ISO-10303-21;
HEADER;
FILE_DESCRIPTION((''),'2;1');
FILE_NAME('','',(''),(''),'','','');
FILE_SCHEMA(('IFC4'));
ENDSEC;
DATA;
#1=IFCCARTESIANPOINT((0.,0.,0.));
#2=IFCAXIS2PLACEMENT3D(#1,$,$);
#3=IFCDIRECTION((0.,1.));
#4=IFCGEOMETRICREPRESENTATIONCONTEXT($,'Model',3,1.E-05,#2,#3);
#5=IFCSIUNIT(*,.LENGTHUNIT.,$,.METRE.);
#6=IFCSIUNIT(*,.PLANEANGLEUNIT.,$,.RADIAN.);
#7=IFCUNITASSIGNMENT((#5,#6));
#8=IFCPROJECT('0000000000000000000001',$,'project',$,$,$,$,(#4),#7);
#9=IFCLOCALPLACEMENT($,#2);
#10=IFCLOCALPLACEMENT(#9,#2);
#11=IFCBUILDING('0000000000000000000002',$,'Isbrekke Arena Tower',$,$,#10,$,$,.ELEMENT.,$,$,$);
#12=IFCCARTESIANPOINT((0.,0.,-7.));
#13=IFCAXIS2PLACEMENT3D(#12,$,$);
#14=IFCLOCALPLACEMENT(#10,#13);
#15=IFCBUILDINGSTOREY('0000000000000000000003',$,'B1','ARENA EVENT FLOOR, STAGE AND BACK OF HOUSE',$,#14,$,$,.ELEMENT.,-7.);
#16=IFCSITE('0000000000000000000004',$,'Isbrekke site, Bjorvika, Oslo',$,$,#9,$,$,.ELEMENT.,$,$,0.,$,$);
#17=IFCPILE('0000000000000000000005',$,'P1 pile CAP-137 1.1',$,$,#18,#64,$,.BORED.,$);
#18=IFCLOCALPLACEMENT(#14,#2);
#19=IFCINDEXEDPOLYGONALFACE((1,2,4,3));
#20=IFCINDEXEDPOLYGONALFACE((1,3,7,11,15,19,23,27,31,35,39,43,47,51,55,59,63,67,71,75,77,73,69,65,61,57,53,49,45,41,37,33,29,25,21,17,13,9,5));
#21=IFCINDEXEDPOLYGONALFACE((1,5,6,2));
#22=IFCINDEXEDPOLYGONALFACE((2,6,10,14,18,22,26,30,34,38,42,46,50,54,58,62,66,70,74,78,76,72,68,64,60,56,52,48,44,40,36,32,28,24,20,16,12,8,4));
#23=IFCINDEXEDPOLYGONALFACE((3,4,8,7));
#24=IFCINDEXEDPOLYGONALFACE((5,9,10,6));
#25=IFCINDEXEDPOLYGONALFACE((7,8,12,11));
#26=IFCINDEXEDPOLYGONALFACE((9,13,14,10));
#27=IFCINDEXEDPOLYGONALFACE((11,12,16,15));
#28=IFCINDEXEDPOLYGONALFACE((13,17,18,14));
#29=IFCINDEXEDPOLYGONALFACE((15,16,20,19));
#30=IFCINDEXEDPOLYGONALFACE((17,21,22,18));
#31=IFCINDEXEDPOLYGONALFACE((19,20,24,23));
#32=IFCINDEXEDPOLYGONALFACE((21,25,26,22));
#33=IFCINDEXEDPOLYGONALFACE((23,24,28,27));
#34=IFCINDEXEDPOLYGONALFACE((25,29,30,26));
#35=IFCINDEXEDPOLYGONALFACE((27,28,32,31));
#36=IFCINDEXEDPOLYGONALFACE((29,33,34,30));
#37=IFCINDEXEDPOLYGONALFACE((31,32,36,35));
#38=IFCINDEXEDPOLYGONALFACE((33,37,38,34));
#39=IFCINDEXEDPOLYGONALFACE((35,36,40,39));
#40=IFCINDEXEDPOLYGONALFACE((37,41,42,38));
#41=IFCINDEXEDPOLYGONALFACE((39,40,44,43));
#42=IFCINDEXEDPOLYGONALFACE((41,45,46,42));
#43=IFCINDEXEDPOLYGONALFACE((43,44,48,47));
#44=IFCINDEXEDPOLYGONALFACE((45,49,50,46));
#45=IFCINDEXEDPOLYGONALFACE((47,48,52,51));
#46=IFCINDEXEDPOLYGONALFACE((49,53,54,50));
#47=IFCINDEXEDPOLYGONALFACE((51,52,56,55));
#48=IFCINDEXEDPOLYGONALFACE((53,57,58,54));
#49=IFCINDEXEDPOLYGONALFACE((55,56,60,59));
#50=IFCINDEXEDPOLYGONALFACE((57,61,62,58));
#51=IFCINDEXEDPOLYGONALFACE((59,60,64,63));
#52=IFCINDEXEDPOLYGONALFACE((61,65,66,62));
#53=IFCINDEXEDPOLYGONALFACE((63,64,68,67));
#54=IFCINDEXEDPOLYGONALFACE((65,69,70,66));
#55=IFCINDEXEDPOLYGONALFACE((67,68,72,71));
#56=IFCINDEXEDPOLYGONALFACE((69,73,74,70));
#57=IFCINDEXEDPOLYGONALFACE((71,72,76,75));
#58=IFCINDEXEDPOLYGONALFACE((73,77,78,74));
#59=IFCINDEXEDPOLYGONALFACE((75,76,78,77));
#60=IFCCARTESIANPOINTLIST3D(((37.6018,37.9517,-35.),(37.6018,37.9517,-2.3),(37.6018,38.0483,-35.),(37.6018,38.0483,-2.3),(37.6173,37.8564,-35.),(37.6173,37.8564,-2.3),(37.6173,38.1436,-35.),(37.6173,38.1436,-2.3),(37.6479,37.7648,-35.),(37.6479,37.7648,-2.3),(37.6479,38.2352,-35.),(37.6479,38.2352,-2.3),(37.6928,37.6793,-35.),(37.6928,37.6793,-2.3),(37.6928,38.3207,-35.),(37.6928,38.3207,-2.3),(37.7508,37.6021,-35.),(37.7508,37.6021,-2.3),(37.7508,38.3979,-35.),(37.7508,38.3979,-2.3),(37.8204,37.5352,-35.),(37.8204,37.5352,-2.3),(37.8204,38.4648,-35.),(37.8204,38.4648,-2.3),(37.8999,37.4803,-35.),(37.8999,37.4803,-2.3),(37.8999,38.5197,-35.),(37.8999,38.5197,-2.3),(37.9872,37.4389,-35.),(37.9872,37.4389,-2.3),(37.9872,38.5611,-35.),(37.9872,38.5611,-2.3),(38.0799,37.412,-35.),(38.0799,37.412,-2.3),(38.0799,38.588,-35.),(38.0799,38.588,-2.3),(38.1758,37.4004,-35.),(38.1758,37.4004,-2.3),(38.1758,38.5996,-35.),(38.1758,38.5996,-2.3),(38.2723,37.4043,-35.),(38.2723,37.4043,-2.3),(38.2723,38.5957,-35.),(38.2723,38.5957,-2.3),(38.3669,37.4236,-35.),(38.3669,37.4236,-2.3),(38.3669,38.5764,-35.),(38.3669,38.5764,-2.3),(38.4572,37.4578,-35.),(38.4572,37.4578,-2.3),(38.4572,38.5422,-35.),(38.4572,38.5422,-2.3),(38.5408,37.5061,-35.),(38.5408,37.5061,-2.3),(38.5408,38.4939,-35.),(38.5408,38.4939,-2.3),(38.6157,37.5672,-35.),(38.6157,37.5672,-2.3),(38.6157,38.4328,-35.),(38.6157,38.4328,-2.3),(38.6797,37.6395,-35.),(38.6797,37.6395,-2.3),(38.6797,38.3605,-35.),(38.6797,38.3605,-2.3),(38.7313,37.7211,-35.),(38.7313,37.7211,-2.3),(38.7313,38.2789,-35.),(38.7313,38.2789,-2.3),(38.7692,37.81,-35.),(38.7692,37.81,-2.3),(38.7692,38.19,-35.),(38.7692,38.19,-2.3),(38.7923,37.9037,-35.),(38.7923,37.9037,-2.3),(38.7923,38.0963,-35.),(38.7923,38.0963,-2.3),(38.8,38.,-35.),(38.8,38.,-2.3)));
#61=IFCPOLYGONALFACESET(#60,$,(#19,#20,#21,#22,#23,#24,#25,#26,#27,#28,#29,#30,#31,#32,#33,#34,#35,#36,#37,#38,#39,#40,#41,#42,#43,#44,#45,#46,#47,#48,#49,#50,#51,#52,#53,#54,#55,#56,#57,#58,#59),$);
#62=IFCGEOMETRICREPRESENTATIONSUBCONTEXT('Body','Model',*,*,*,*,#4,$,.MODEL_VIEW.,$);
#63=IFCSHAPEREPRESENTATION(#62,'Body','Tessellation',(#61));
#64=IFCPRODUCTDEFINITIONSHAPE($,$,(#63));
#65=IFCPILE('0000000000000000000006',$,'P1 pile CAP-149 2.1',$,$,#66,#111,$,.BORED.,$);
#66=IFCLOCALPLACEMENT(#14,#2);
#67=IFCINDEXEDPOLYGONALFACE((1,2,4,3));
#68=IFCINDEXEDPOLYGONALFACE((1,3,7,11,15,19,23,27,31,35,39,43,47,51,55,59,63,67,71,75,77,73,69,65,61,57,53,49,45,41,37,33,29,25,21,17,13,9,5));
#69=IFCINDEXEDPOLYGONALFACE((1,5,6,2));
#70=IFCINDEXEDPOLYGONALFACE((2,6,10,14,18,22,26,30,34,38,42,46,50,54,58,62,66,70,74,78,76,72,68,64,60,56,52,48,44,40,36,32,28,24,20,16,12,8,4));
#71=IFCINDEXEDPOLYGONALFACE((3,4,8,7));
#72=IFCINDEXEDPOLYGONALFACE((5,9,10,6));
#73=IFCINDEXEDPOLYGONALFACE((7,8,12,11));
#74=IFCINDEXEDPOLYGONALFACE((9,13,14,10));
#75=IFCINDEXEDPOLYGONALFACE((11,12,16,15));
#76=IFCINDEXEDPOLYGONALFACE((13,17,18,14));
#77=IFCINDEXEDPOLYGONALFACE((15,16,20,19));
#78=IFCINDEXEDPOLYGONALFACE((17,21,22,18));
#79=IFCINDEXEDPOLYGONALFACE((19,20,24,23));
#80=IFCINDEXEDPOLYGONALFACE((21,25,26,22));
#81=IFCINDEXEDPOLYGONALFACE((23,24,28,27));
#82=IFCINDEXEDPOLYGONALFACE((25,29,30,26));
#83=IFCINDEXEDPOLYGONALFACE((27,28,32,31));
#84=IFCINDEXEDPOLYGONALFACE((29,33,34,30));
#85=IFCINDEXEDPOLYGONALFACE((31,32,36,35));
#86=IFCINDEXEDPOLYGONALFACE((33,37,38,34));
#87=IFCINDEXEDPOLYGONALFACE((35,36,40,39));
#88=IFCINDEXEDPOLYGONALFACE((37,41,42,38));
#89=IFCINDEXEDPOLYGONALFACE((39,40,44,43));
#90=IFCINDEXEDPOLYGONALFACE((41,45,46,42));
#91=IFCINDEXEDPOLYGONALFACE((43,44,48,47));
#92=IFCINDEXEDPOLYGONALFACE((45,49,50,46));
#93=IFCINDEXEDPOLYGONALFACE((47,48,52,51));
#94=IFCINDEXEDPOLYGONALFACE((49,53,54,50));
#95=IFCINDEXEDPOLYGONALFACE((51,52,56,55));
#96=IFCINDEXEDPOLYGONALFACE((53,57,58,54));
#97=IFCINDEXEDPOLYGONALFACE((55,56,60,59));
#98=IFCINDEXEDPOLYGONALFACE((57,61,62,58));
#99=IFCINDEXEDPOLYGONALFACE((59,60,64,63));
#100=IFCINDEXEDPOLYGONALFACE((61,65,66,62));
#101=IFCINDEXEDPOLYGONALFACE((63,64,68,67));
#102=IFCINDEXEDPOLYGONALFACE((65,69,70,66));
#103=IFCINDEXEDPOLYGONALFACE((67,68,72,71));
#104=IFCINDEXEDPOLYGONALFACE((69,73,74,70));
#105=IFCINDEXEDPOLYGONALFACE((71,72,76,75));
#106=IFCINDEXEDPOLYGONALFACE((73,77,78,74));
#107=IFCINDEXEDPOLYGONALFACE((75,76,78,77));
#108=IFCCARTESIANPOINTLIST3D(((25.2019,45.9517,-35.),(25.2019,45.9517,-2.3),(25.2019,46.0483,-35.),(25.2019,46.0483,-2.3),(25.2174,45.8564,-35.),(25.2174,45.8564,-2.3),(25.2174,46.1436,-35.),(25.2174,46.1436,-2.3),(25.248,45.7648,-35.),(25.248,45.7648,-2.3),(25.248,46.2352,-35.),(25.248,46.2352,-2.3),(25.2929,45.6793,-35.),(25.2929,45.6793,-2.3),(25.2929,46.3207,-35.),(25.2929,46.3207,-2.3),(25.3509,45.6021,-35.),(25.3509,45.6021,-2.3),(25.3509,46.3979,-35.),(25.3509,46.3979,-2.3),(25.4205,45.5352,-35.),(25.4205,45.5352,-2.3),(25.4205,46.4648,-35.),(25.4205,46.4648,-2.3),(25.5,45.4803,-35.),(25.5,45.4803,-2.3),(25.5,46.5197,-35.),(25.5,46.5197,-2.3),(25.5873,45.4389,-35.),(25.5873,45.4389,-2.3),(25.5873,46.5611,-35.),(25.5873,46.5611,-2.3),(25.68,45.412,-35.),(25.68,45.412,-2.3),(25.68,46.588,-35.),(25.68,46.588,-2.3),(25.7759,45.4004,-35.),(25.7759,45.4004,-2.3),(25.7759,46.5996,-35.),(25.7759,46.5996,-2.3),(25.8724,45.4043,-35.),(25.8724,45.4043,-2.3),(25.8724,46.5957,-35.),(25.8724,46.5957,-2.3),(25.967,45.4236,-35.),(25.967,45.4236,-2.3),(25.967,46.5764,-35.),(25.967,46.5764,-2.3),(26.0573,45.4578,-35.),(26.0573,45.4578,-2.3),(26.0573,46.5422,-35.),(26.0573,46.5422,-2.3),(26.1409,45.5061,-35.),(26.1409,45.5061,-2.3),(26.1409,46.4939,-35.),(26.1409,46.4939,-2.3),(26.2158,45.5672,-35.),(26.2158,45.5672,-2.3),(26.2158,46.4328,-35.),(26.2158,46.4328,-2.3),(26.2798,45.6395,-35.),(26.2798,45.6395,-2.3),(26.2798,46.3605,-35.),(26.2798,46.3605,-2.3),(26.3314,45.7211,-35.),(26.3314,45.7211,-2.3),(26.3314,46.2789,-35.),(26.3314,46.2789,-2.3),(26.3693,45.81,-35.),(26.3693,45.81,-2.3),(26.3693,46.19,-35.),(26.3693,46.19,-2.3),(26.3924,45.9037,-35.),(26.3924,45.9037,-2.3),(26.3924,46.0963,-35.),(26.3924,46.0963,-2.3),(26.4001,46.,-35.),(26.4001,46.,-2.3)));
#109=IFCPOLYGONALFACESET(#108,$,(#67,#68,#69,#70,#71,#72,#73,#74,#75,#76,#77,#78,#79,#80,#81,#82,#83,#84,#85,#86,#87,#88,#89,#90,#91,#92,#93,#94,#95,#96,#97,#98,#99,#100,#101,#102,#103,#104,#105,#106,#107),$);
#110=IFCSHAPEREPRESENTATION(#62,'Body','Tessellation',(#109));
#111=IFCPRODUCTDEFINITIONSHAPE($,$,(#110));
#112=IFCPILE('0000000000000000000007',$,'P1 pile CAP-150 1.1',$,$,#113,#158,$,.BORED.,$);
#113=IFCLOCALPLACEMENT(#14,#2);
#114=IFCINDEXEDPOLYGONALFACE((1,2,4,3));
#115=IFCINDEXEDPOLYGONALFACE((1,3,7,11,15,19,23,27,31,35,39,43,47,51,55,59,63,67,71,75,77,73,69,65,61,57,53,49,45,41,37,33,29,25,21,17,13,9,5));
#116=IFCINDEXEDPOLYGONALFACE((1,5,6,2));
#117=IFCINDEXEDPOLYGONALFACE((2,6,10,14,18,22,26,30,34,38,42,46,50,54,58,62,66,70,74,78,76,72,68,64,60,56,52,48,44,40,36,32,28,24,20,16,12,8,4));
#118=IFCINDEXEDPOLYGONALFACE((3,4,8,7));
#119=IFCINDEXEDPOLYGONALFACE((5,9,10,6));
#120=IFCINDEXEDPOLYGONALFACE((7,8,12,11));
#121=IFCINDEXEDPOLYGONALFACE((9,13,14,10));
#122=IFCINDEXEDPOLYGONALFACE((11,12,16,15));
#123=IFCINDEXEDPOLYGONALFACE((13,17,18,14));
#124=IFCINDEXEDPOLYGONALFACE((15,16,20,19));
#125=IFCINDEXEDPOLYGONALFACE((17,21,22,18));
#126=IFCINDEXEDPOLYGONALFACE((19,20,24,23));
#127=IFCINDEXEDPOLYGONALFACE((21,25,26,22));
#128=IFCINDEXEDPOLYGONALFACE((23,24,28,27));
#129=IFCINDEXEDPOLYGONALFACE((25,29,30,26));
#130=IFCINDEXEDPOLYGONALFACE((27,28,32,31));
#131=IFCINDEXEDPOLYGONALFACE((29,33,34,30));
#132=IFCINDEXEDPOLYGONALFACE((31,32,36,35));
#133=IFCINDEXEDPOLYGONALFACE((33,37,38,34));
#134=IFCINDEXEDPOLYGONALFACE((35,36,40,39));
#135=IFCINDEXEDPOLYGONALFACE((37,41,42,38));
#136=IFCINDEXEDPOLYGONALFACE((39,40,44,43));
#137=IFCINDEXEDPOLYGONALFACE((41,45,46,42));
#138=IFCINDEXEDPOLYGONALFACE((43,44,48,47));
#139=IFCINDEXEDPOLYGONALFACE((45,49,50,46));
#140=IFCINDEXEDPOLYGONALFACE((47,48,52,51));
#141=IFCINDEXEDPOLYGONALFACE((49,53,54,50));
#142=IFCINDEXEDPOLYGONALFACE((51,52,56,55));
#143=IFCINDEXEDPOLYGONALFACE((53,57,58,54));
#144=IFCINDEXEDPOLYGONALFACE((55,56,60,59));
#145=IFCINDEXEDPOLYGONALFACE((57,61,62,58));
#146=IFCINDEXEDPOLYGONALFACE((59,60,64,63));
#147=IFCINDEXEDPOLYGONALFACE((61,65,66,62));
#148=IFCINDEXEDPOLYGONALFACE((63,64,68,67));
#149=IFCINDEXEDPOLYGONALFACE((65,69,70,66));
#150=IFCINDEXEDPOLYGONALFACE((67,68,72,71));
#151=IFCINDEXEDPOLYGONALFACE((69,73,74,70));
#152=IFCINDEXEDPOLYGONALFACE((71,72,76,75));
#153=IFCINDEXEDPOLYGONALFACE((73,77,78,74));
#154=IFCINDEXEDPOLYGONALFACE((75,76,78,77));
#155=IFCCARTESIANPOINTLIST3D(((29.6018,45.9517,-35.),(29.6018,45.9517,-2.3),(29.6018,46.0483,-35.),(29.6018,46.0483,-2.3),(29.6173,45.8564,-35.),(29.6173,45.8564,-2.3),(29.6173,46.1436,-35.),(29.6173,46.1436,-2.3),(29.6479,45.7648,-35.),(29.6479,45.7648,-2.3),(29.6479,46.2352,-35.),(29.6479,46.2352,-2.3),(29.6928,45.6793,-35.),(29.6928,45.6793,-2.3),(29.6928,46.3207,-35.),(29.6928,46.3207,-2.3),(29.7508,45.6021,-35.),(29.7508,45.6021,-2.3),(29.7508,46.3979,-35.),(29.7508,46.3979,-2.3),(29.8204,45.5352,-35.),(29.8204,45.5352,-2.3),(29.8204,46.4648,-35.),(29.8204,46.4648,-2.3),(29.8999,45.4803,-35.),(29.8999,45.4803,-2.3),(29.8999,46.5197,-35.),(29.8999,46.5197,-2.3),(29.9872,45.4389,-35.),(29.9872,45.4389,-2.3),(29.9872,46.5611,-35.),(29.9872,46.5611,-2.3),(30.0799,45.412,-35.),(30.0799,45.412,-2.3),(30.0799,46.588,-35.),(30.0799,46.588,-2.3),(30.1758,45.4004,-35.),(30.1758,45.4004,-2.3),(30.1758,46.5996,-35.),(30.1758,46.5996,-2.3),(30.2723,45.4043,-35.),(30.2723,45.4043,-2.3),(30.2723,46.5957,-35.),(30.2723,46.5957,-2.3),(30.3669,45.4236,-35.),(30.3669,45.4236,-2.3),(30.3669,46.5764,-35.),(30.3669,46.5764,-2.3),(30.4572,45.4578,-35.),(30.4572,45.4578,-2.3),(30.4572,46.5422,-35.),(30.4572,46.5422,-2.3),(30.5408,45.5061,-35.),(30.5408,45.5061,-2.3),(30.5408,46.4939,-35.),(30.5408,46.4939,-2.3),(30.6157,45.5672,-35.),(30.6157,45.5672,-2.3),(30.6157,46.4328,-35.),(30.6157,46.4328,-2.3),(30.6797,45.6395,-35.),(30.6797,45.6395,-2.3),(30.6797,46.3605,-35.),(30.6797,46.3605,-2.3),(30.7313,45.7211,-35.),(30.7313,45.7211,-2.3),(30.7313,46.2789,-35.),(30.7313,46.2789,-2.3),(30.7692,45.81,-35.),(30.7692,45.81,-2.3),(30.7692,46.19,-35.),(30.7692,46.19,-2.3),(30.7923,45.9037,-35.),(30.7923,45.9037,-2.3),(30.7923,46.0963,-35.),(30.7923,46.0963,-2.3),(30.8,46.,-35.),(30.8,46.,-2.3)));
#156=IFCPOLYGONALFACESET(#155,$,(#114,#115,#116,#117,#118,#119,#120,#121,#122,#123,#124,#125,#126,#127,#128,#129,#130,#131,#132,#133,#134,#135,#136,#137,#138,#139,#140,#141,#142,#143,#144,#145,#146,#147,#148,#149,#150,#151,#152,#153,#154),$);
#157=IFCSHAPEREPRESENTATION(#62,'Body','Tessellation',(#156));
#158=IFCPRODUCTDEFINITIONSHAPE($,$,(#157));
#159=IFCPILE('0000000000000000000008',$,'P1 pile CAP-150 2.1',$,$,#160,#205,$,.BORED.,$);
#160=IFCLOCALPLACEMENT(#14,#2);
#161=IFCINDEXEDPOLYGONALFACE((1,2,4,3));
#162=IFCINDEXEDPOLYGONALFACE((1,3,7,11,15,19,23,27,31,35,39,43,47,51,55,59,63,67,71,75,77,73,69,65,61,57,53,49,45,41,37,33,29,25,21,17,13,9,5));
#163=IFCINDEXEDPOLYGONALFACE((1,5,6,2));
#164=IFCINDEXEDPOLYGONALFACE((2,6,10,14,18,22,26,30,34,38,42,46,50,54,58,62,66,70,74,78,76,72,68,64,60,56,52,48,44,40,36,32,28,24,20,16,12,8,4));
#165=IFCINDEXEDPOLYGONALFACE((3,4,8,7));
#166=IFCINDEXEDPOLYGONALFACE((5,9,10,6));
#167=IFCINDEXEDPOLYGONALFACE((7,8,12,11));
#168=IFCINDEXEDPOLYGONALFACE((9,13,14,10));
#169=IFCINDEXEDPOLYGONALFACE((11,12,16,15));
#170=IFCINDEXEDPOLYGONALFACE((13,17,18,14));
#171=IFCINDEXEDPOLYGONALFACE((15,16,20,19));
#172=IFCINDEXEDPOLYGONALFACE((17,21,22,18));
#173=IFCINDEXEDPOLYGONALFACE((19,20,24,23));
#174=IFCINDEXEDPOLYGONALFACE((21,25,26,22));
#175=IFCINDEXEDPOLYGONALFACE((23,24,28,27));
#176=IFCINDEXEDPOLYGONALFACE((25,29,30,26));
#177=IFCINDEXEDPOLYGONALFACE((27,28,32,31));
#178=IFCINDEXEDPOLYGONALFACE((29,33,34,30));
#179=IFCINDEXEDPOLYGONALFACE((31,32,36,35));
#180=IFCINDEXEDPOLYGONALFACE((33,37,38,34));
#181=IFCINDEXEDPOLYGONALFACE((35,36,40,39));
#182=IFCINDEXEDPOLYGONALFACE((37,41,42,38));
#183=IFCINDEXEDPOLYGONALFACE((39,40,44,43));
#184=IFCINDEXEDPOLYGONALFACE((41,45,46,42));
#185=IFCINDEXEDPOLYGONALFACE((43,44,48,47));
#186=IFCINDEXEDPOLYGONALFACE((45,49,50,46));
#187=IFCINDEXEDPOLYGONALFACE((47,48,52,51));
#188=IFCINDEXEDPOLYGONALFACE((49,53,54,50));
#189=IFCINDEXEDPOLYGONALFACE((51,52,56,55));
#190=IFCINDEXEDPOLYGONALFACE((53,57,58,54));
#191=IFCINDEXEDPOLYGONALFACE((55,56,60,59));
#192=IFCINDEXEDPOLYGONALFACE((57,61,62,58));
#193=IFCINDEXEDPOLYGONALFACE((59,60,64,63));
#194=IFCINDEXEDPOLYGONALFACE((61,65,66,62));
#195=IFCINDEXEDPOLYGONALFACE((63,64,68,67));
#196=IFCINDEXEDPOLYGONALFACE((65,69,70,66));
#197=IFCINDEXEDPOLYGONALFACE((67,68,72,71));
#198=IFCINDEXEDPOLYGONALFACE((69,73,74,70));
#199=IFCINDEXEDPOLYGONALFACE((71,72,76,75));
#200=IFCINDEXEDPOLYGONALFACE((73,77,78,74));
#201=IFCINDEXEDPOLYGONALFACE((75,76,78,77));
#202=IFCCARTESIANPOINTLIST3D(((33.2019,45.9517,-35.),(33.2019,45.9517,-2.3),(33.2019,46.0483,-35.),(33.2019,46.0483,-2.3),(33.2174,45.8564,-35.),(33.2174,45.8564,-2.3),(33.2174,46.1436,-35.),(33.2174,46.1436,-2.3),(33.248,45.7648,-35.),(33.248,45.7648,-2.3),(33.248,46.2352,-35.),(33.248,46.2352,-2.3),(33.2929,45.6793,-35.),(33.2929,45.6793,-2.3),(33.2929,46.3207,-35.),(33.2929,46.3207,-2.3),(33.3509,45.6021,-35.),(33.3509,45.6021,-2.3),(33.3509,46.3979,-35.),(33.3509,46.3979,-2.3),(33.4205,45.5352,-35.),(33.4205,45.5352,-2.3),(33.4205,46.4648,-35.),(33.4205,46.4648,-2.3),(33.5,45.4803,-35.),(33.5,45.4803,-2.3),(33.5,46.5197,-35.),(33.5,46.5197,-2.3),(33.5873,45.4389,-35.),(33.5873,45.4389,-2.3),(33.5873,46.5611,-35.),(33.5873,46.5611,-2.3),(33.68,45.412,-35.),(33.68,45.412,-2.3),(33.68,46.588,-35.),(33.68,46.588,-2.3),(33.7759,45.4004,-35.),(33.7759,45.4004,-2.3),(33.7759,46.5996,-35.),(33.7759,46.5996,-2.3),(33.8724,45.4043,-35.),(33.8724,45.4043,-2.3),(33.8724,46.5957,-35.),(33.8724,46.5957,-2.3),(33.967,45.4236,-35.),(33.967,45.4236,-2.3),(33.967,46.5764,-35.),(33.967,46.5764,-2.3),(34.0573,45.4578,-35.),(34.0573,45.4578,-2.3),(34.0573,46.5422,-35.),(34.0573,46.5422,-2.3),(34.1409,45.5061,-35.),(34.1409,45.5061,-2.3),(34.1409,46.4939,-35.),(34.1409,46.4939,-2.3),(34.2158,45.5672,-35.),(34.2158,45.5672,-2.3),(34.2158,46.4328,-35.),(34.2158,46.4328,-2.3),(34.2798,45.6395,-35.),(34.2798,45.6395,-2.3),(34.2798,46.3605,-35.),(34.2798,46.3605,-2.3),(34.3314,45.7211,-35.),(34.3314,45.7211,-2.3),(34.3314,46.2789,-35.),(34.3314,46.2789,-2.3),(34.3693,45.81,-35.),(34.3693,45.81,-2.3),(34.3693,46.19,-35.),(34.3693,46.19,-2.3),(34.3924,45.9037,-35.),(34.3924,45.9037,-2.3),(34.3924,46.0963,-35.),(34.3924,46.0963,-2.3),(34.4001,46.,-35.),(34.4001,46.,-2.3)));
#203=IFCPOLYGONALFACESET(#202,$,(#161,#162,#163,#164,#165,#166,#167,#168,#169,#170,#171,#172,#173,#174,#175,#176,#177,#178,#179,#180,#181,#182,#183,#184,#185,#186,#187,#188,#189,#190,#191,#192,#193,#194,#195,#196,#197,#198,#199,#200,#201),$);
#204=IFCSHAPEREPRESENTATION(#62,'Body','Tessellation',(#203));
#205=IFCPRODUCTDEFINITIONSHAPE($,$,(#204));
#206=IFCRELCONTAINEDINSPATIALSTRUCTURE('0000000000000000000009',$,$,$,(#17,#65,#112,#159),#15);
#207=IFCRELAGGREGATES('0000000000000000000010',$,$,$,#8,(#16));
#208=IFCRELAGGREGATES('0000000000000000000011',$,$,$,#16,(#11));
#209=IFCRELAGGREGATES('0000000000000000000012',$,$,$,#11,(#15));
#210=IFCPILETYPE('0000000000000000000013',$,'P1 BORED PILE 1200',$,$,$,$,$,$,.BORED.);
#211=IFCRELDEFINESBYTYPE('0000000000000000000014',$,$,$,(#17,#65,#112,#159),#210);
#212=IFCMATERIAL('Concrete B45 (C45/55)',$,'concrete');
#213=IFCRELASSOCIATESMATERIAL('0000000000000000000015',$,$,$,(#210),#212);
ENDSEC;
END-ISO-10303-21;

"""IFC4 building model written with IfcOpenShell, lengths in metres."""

from ifc_helpers import new_model, si_unit, direction, frame, origin, origin_2d, place, context, subcontext, project, spatial, circle, extrude, material, material_profile, profile_set, type_object, element, save


model = new_model("IFC4")

# Units and contexts
model_context = context("Model", 3, precision=1e-05, world=origin(), true_north=direction((0.0, 1.0)))
body_context = subcontext(model_context, "Body", "Model", "MODEL_VIEW")
ifc_project = project(units=[si_unit("LENGTHUNIT", "METRE"), si_unit("PLANEANGLEUNIT", "RADIAN")], contexts=[model_context])

# Site, building, storey
site_placement = place(None, origin())
site = spatial("IfcSite", under=ifc_project, at=site_placement, Name="Isbrekke site, Bjorvika, Oslo", CompositionType="ELEMENT", RefElevation=0.0)
building_placement = place(site_placement, origin())
building = spatial("IfcBuilding", under=site, at=building_placement, Name="Isbrekke Arena Tower", CompositionType="ELEMENT")
storey_placement = place(building_placement, frame((0.0, 0.0, -7.0)))
storey = spatial("IfcBuildingStorey", under=building, at=storey_placement, Name="B1", Description="ARENA EVENT FLOOR, STAGE AND BACK OF HOUSE", CompositionType="ELEMENT", Elevation=-7.0)

# Piles
ifc_material_1 = material(Name="Concrete B45 (C45/55)", Category="concrete")
ifc_material_profile_1 = material_profile(ifc_material_1, circle(Radius=0.6001, at=origin_2d()), Name="BORED PILE D1200")
ifc_profile_set_1 = profile_set([ifc_material_profile_1], Name="Concrete B45 (C45/55)")
pile_type = type_object("IfcPileType", Name="P1 BORED PILE 1200", PredefinedType="BORED", material=ifc_profile_set_1)
for number, where, z_axis, x_axis, name in (
    (1, (38.2, 38.0, -2.3), (0.0, 0.0, -1.0), (1.0, 0.0, 0.0), "P1 pile CAP-137 1.1"),
    (2, (25.8, 46.0, -2.3), (0.0, 0.0, -1.0), (1.0, 0.0, 0.0), "P1 pile CAP-149 2.1"),
    (3, (30.2, 46.0, -2.3), (0.0, 0.0, -1.0), (1.0, 0.0, 0.0), "P1 pile CAP-150 1.1"),
    (4, (33.8, 46.0, -2.3), (0.0, 0.0, -1.0), (1.0, 0.0, 0.0), "P1 pile CAP-150 2.1"),
):
    element("IfcPile", number, at=place(storey_placement, frame(where, z_axis=z_axis, x_axis=x_axis)), inside=storey, type_object=pile_type, Name=name, PredefinedType="BORED", context=body_context, shape_type="SweptSolid", body=[
        extrude(circle(Radius=0.6001, at=origin_2d()), origin(), (0.0, 0.0, 1.0), 32.7),
    ])

save(model, "model.ifc")
